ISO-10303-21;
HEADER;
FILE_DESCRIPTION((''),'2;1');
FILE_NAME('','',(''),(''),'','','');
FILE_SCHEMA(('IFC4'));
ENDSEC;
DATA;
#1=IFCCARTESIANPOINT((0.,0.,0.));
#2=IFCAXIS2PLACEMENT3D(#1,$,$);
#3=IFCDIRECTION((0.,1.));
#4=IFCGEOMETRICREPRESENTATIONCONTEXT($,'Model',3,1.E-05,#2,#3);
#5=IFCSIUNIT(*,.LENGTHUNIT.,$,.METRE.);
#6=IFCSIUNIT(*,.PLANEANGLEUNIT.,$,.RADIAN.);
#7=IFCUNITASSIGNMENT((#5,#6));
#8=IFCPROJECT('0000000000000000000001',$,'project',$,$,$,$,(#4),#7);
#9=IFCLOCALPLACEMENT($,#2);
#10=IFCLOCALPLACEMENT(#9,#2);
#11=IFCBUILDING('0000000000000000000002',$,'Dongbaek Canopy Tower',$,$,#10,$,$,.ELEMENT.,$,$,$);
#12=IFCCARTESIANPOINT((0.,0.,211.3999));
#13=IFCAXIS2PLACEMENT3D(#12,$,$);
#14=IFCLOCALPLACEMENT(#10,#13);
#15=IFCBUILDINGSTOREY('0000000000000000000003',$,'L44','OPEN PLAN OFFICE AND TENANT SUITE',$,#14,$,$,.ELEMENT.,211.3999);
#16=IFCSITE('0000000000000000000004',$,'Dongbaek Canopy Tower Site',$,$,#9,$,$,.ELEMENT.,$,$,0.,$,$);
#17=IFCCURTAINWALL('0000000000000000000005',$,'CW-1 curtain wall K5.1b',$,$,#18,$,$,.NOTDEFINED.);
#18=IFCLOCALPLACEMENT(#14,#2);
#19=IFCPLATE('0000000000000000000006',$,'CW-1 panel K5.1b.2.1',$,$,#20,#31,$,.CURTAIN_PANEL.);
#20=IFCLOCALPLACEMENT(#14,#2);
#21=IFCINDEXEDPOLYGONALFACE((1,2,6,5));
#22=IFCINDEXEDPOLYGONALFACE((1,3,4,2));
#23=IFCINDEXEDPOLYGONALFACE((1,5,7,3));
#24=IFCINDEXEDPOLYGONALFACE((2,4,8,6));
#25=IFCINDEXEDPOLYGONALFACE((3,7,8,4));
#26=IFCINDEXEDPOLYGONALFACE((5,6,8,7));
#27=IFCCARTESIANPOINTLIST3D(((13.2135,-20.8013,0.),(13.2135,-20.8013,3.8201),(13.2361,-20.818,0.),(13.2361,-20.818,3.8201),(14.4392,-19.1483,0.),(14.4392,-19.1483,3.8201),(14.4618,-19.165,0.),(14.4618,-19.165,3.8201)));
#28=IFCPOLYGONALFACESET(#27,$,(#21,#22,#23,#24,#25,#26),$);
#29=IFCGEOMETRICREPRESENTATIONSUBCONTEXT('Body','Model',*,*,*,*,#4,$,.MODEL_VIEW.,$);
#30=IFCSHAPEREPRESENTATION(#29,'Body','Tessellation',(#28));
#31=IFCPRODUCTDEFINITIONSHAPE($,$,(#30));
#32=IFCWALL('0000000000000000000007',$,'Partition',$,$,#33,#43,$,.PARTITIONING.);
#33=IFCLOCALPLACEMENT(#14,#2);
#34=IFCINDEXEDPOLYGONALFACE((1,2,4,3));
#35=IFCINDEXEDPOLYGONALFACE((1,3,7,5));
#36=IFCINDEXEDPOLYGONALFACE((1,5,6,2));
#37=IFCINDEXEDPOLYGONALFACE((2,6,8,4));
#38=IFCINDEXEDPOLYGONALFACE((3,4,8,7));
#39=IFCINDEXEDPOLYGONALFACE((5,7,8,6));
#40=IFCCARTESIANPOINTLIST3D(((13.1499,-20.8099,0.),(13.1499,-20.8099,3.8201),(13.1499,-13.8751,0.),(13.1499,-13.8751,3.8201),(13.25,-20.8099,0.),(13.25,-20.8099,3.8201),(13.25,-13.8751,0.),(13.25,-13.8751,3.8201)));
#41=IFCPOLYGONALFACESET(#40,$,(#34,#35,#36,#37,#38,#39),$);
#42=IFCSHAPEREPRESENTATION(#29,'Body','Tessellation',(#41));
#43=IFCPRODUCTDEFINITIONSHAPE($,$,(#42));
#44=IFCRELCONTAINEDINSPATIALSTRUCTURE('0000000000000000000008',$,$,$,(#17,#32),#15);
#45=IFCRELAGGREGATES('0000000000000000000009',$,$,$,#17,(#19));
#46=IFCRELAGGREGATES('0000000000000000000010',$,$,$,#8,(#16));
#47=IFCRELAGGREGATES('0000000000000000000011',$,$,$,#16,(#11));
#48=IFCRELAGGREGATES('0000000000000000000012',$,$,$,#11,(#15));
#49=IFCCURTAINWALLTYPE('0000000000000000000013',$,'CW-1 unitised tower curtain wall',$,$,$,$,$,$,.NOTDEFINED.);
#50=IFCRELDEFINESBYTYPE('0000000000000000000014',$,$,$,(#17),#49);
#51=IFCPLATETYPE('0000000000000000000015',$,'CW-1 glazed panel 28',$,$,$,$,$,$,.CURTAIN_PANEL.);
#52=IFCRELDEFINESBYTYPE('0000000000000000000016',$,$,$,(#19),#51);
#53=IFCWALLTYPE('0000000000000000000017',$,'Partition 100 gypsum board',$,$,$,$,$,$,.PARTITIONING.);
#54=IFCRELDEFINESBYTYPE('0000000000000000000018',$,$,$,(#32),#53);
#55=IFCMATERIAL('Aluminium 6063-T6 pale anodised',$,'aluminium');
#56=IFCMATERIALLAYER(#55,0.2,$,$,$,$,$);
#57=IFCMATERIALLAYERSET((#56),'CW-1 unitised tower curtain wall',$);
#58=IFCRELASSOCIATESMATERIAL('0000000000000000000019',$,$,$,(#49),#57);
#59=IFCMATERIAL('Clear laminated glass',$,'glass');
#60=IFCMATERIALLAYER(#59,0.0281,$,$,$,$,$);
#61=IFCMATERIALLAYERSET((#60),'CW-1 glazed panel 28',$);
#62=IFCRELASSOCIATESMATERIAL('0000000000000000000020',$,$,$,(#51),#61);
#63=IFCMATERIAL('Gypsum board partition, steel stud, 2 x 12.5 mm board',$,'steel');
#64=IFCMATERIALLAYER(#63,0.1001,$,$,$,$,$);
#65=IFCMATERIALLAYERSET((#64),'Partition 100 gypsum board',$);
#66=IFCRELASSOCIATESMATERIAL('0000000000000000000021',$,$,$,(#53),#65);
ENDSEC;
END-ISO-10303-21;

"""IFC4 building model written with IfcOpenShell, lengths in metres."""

from ifc_helpers import new_model, si_unit, direction, frame, frame_2d, origin, origin_2d, place, context, subcontext, project, spatial, rectangle, extrude, material, layer, layer_set, type_object, element, aggregate, save


model = new_model("IFC4")

# Units and contexts
model_context = context("Model", 3, precision=1e-05, world=origin(), true_north=direction((0.0, 1.0)))
body_context = subcontext(model_context, "Body", "Model", "MODEL_VIEW")
ifc_project = project(units=[si_unit("LENGTHUNIT", "METRE"), si_unit("PLANEANGLEUNIT", "RADIAN")], contexts=[model_context])

# Site, building, storey
site_placement = place(None, origin())
site = spatial("IfcSite", under=ifc_project, at=site_placement, Name="Dongbaek Canopy Tower Site", CompositionType="ELEMENT", RefElevation=0.0)
building_placement = place(site_placement, origin())
building = spatial("IfcBuilding", under=site, at=building_placement, Name="Dongbaek Canopy Tower", CompositionType="ELEMENT")
storey_placement = place(building_placement, frame((0.0, 0.0, 211.3999)))
storey = spatial("IfcBuildingStorey", under=building, at=storey_placement, Name="L44", Description="OPEN PLAN OFFICE AND TENANT SUITE", CompositionType="ELEMENT", Elevation=211.3999)

# Shared definitions
ifc_material_1 = material(Name="Aluminium 6063-T6 pale anodised", Category="aluminium")
ifc_layer_1 = layer(ifc_material_1, 0.2)
ifc_layer_set_1 = layer_set([ifc_layer_1], Name="CW-1 unitised tower curtain wall")
curtain_wall_type = type_object("IfcCurtainWallType", Name="CW-1 unitised tower curtain wall", PredefinedType="NOTDEFINED", material=ifc_layer_set_1)

# Curtain wall
curtain_wall_1_placement = place(storey_placement, origin())
curtain_wall_1 = element("IfcCurtainWall", 1, at=curtain_wall_1_placement, inside=storey, type_object=curtain_wall_type, Name="CW-1 curtain wall K5.1b", PredefinedType="NOTDEFINED")

# Plate
ifc_material_2 = material(Name="Clear laminated glass", Category="glass")
ifc_layer_2 = layer(ifc_material_2, 0.0281)
ifc_layer_set_2 = layer_set([ifc_layer_2], Name="CW-1 glazed panel 28")
plate_type = type_object("IfcPlateType", Name="CW-1 glazed panel 28", PredefinedType="CURTAIN_PANEL", material=ifc_layer_set_2)
plate_1_placement = place(storey_placement, frame((13.8376, -19.9832, 0.0), z_axis=(0.0, 0.0, 1.0), x_axis=(0.595624, 0.803263, 0.0)))
plate_1 = element("IfcPlate", 2, at=plate_1_placement, type_object=plate_type, Name="CW-1 panel K5.1b.2.1", PredefinedType="CURTAIN_PANEL", context=body_context, shape_type="SweptSolid", body=[
    extrude(rectangle(XDim=2.0579, YDim=0.0281, at=origin_2d()), origin(), (0.0, 0.0, 1.0), 3.8201),
])
aggregate(curtain_wall_1, [plate_1])

# Wall
ifc_material_3 = material(Name="Gypsum board partition, steel stud, 2 x 12.5 mm board", Category="steel")
ifc_layer_3 = layer(ifc_material_3, 0.1001)
ifc_layer_set_3 = layer_set([ifc_layer_3], Name="Partition 100 gypsum board")
wall_type_1 = type_object("IfcWallType", Name="Partition 100 gypsum board", PredefinedType="PARTITIONING", material=ifc_layer_set_3)
wall_1_placement = place(storey_placement, frame((13.2, -20.8098, 0.0), z_axis=(0.0, 0.0, 1.0), x_axis=(0.0, 1.0, 0.0)))
element("IfcWall", 3, at=wall_1_placement, inside=storey, type_object=wall_type_1, Name="Partition", PredefinedType="PARTITIONING", context=body_context, shape_type="SweptSolid", body=[
    extrude(rectangle(XDim=6.9348, YDim=0.1001, at=frame_2d((3.4673, 0.0))), origin(), (0.0, 0.0, 1.0), 3.8201),
])

save(model, "model.ifc")
